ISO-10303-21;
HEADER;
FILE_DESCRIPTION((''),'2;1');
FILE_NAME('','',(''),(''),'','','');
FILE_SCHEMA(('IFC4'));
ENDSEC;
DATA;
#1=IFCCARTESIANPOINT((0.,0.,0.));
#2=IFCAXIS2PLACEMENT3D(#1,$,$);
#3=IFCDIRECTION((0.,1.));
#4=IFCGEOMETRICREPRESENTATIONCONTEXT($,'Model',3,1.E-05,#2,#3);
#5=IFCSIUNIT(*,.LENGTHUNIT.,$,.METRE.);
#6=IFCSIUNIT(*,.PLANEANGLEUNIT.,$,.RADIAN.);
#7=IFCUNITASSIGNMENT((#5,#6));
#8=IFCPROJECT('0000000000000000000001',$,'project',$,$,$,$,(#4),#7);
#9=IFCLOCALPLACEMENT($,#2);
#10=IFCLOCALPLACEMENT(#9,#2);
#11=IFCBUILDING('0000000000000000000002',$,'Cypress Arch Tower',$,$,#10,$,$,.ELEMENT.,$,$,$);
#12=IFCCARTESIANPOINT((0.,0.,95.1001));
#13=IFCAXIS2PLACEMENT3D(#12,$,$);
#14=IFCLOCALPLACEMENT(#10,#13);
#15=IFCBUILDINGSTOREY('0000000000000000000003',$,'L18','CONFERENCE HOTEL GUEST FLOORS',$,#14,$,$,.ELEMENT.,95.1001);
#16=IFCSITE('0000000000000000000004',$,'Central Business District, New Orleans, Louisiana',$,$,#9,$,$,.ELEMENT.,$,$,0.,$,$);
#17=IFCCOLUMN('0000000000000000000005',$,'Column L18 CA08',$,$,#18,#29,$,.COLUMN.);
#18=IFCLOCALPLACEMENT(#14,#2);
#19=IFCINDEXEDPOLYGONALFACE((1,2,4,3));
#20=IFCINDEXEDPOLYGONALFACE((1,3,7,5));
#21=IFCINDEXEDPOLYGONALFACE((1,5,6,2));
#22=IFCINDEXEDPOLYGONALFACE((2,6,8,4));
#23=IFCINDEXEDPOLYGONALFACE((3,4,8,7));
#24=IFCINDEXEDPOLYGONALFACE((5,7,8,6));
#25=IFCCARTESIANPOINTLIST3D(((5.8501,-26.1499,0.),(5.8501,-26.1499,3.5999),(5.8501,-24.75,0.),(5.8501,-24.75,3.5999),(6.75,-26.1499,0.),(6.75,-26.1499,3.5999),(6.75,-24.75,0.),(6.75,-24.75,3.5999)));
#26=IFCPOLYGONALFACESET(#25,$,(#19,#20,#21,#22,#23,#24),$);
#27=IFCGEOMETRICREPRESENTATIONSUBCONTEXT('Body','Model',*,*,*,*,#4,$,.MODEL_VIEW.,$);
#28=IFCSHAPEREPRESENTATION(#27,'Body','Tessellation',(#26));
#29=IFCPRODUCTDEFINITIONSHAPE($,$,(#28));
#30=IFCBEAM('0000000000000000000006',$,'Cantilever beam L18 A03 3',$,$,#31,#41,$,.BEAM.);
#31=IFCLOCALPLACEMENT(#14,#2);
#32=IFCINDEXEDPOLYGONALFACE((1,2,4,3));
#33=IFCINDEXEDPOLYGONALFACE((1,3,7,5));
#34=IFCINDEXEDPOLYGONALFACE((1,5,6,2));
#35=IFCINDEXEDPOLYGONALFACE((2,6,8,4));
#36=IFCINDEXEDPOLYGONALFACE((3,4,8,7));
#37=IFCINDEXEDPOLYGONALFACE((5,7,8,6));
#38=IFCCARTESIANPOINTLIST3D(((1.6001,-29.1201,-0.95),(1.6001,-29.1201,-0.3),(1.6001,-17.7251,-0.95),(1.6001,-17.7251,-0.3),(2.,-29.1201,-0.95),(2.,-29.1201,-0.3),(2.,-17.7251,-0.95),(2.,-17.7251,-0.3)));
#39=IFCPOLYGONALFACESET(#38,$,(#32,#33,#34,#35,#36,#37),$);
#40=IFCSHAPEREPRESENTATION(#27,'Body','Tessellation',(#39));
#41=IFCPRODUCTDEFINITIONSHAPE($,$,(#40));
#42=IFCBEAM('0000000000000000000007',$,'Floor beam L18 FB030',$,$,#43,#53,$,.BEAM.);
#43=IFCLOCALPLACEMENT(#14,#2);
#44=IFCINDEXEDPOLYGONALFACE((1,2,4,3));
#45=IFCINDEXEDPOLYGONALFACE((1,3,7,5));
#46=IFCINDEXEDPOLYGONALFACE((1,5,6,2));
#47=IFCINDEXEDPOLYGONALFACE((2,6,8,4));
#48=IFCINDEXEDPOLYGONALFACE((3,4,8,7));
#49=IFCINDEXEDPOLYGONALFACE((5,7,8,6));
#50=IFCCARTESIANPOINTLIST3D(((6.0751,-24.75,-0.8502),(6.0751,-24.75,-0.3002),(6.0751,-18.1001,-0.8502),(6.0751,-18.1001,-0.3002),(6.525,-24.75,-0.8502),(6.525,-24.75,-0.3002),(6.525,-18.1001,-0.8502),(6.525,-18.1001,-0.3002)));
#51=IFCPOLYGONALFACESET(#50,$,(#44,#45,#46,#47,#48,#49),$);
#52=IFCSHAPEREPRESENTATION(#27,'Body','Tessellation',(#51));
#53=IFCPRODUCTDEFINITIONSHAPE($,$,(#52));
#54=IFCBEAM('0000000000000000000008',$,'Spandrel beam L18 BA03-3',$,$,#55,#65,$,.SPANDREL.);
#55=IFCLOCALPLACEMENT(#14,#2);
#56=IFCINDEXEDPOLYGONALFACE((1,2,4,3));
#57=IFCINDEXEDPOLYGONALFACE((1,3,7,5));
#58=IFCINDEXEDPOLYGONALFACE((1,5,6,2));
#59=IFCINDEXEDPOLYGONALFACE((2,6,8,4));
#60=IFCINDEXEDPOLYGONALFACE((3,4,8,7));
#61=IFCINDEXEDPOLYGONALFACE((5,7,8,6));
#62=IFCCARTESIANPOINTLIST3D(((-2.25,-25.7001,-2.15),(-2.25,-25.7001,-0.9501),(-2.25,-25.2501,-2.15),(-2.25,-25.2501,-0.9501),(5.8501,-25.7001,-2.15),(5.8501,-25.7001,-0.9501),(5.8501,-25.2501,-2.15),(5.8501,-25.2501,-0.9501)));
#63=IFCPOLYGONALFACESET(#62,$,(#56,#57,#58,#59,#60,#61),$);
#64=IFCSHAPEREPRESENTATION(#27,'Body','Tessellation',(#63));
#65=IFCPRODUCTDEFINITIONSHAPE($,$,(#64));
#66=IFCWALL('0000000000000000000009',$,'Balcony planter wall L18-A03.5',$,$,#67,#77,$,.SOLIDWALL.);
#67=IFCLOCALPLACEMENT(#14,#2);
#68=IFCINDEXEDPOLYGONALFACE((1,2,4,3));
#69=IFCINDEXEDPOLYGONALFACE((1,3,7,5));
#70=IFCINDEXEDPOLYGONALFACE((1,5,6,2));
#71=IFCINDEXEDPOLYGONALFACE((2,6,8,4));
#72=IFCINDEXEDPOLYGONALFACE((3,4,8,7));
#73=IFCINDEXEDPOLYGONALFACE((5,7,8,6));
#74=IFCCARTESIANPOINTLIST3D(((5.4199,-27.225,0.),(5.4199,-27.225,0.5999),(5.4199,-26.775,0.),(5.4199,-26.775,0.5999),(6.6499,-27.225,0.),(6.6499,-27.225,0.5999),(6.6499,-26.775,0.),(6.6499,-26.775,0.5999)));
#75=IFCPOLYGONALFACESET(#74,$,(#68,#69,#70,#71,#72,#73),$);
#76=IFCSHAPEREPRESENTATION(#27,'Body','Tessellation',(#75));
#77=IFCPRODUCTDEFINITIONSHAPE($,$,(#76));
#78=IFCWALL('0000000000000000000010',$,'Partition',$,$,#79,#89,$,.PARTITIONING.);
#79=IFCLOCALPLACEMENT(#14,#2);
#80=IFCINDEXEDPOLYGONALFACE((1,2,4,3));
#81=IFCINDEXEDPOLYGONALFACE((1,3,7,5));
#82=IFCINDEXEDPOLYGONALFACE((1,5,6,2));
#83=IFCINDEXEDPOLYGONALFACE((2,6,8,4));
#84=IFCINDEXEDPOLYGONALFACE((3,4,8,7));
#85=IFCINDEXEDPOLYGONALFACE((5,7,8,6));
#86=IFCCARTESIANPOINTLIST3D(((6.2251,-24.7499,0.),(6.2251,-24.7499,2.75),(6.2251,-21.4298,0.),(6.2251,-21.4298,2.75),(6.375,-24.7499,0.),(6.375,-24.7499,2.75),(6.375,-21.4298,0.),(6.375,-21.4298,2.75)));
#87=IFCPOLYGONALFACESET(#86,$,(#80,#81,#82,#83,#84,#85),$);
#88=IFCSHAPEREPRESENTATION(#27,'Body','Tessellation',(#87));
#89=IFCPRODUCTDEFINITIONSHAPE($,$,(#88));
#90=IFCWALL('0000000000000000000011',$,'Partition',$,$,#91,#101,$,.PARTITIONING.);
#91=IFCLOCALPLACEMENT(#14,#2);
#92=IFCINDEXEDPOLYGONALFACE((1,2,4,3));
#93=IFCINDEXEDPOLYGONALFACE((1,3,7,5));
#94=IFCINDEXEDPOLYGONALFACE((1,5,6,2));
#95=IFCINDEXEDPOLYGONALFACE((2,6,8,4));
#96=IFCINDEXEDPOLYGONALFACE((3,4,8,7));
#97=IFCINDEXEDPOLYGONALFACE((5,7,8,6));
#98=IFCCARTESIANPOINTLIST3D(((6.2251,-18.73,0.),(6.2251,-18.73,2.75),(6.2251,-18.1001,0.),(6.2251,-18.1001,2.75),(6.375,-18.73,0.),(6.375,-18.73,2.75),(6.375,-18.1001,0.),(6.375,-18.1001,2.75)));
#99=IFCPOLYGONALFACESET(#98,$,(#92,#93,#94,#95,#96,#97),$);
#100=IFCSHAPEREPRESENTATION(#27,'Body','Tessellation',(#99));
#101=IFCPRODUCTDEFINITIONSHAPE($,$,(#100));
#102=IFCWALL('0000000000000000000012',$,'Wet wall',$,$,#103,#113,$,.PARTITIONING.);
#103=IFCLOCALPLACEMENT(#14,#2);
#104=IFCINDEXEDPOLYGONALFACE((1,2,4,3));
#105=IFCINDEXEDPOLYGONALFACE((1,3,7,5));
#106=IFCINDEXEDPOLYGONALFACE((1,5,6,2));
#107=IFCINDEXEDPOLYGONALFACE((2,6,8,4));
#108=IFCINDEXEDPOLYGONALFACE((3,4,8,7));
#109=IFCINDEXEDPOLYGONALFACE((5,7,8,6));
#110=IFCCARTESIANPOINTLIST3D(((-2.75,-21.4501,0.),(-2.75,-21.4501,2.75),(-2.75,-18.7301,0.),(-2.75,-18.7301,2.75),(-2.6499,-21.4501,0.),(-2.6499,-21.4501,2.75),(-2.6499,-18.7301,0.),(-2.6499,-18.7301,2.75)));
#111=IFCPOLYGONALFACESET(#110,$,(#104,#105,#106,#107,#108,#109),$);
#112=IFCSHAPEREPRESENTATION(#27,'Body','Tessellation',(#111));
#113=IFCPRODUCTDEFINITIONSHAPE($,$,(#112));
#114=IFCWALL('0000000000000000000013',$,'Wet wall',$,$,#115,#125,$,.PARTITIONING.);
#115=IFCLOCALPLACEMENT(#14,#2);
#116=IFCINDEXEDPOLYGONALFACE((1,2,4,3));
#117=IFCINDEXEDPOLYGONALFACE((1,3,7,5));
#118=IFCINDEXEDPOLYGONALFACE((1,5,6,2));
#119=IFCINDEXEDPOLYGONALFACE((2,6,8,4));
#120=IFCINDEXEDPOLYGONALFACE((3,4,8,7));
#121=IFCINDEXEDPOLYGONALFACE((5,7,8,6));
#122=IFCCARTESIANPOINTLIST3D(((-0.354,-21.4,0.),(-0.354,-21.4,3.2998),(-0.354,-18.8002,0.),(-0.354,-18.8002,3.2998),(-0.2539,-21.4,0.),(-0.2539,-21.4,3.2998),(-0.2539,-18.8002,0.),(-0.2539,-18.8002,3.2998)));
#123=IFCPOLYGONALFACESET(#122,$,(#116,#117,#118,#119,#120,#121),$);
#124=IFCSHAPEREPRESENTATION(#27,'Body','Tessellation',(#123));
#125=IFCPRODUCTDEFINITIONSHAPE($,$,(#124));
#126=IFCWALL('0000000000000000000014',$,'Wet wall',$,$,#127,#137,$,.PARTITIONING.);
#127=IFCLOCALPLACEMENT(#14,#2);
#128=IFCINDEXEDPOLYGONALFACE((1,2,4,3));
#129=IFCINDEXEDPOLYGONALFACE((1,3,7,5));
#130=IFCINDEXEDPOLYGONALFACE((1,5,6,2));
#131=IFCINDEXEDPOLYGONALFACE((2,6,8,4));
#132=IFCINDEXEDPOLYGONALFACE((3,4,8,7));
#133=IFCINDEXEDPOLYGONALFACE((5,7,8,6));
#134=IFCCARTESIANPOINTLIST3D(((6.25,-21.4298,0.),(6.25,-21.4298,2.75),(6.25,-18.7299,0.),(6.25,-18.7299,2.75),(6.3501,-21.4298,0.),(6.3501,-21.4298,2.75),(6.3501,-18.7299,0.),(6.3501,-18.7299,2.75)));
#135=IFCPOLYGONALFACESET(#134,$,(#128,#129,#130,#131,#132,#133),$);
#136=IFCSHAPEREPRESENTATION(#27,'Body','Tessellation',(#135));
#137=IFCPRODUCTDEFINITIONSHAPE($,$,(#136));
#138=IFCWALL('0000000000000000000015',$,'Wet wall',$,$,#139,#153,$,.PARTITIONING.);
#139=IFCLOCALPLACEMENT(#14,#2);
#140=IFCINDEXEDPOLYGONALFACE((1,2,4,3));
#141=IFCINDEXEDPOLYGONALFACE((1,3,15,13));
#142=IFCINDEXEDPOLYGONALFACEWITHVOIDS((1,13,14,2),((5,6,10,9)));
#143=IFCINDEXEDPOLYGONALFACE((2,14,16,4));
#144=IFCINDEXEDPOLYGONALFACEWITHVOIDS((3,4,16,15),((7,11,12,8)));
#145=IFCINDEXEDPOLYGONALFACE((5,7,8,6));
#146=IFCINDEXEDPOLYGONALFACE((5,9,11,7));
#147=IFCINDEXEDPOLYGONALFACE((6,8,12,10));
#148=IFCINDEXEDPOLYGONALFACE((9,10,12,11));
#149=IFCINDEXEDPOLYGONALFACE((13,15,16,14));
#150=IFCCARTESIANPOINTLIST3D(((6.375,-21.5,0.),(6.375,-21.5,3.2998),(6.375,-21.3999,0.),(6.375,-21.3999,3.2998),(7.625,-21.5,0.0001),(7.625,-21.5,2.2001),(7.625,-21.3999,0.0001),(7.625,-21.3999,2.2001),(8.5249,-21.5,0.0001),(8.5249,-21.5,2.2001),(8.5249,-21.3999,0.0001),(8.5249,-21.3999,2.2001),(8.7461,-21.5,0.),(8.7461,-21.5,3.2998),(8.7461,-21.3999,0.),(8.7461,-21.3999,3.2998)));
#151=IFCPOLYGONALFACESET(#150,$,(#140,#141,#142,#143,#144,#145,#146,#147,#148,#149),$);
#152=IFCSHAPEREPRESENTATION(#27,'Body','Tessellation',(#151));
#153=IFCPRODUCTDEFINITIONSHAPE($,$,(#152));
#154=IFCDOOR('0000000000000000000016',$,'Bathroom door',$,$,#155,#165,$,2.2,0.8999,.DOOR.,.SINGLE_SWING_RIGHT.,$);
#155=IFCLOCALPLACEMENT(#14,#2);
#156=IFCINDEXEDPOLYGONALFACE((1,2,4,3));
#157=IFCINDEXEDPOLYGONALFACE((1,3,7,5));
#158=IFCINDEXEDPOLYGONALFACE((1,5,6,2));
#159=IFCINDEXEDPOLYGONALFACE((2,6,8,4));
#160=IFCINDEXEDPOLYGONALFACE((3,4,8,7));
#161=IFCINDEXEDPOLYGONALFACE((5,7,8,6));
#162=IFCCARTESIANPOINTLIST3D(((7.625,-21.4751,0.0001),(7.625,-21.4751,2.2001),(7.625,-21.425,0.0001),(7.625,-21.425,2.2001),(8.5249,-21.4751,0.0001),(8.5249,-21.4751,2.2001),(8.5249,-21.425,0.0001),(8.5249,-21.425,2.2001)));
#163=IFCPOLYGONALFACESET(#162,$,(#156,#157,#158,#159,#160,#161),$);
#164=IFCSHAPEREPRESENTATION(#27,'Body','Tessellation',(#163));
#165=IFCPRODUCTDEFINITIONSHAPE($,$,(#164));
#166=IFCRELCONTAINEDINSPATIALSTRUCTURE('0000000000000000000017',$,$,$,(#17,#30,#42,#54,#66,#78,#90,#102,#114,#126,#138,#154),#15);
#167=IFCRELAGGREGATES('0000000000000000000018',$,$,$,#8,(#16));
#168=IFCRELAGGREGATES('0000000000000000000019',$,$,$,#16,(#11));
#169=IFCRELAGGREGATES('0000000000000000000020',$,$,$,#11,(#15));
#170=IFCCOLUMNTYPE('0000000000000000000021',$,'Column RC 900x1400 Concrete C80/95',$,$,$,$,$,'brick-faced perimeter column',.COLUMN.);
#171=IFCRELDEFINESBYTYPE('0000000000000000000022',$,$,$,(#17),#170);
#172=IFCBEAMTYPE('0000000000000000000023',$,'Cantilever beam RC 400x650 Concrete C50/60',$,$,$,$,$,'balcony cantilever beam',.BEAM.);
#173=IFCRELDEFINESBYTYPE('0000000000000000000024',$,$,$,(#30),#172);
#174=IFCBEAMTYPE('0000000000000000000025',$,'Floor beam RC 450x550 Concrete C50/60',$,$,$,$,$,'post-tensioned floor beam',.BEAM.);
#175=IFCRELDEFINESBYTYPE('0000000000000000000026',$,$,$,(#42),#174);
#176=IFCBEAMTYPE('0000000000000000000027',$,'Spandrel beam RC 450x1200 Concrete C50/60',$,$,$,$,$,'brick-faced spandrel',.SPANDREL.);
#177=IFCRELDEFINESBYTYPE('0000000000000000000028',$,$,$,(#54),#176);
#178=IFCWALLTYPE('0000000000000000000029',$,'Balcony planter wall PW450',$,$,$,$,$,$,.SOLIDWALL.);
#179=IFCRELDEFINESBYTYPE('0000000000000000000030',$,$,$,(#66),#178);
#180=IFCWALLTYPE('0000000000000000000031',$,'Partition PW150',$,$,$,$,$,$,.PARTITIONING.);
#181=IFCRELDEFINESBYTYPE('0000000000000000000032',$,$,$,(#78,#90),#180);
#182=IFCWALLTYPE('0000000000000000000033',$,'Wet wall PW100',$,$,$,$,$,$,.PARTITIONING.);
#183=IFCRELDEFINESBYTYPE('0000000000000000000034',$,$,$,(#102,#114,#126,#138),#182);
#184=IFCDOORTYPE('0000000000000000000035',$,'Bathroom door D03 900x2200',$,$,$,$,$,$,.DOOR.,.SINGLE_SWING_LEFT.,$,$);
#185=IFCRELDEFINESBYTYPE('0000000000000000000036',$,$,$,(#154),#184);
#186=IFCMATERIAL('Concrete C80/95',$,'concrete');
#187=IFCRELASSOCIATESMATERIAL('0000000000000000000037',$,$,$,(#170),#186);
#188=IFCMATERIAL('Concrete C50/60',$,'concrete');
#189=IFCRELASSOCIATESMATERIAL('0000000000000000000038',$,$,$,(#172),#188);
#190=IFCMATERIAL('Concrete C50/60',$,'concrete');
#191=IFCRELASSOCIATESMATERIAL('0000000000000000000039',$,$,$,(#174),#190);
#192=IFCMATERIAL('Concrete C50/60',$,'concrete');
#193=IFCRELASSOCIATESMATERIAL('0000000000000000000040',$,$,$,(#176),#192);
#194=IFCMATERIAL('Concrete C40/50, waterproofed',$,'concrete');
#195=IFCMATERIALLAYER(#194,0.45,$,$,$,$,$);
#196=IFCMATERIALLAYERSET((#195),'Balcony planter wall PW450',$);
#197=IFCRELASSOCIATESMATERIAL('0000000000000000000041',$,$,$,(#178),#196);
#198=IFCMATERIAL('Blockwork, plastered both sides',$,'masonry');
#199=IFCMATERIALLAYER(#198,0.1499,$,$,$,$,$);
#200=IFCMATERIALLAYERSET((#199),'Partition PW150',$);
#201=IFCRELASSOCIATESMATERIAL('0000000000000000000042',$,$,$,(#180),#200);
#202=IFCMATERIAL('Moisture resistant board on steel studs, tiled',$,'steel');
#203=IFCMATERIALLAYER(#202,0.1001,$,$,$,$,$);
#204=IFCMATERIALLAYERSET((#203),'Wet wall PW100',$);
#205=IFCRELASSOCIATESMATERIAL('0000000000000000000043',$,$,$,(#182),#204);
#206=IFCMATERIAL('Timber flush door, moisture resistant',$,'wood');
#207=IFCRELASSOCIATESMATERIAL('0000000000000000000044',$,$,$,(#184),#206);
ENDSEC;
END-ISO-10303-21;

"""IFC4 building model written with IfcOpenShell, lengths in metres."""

from ifc_helpers import new_model, si_unit, direction, frame, frame_2d, origin, origin_2d, place, context, subcontext, project, spatial, rectangle, extrude, material, layer, layer_set, material_profile, profile_set, type_object, element, fill, save


model = new_model("IFC4")

# Units and contexts
model_context = context("Model", 3, precision=1e-05, world=origin(), true_north=direction((0.0, 1.0)))
body_context = subcontext(model_context, "Body", "Model", "MODEL_VIEW")
ifc_project = project(units=[si_unit("LENGTHUNIT", "METRE"), si_unit("PLANEANGLEUNIT", "RADIAN")], contexts=[model_context])

# Site, building, storey
site_placement = place(None, origin())
site = spatial("IfcSite", under=ifc_project, at=site_placement, Name="Central Business District, New Orleans, Louisiana", CompositionType="ELEMENT", RefElevation=0.0)
building_placement = place(site_placement, origin())
building = spatial("IfcBuilding", under=site, at=building_placement, Name="Cypress Arch Tower", CompositionType="ELEMENT")
storey_placement = place(building_placement, frame((0.0, 0.0, 95.1001)))
storey = spatial("IfcBuildingStorey", under=building, at=storey_placement, Name="L18", Description="CONFERENCE HOTEL GUEST FLOORS", CompositionType="ELEMENT", Elevation=95.1001)

# Column
ifc_material_1 = material(Name="Concrete C80/95", Category="concrete")
ifc_material_profile_1 = material_profile(ifc_material_1, rectangle(XDim=0.8999, YDim=1.3999, at=origin_2d()), Name="RC 900x1400")
ifc_profile_set_1 = profile_set([ifc_material_profile_1], Name="Concrete C80/95")
column_type = type_object("IfcColumnType", Name="Column RC 900x1400 Concrete C80/95", ElementType="brick-faced perimeter column", PredefinedType="COLUMN", material=ifc_profile_set_1)
column_placement = place(storey_placement, frame((6.3, -25.45, 0.0), z_axis=(0.0, 0.0, 1.0), x_axis=(1.0, 0.0, 0.0)))
element("IfcColumn", 1, at=column_placement, inside=storey, type_object=column_type, Name="Column L18 CA08", PredefinedType="COLUMN", context=body_context, shape_type="SweptSolid", body=[
    extrude(rectangle(XDim=0.8999, YDim=1.3999, at=origin_2d()), origin(), (0.0, 0.0, 1.0), 3.5999),
])

# Beams
ifc_material_2 = material(Name="Concrete C50/60", Category="concrete")
ifc_material_profile_2 = material_profile(ifc_material_2, rectangle(XDim=0.3999, YDim=0.6499, at=origin_2d()), Name="RC 400x650")
ifc_profile_set_2 = profile_set([ifc_material_profile_2], Name="Concrete C50/60")
beam_type_1 = type_object("IfcBeamType", Name="Cantilever beam RC 400x650 Concrete C50/60", ElementType="balcony cantilever beam", PredefinedType="BEAM", material=ifc_profile_set_2)
beam_1_placement = place(storey_placement, frame((1.8, -17.7251, -0.625), z_axis=(0.0, -1.0, 0.0), x_axis=(1.0, 0.0, 0.0)))
element("IfcBeam", 2, at=beam_1_placement, inside=storey, type_object=beam_type_1, Name="Cantilever beam L18 A03 3", PredefinedType="BEAM", context=body_context, shape_type="SweptSolid", body=[
    extrude(rectangle(XDim=0.3999, YDim=0.6499, at=origin_2d()), origin(), (0.0, 0.0, 1.0), 11.395),
])
ifc_material_3 = material(Name="Concrete C50/60", Category="concrete")
ifc_material_profile_3 = material_profile(ifc_material_3, rectangle(XDim=0.45, YDim=0.55, at=origin_2d()), Name="RC 450x550")
ifc_profile_set_3 = profile_set([ifc_material_profile_3], Name="Concrete C50/60")
beam_type_2 = type_object("IfcBeamType", Name="Floor beam RC 450x550 Concrete C50/60", ElementType="post-tensioned floor beam", PredefinedType="BEAM", material=ifc_profile_set_3)
beam_2_placement = place(storey_placement, frame((6.3, -24.75, -0.5752), z_axis=(0.0, 1.0, 0.0), x_axis=(-1.0, 0.0, 0.0)))
element("IfcBeam", 3, at=beam_2_placement, inside=storey, type_object=beam_type_2, Name="Floor beam L18 FB030", PredefinedType="BEAM", context=body_context, shape_type="SweptSolid", body=[
    extrude(rectangle(XDim=0.45, YDim=0.55, at=origin_2d()), origin(), (0.0, 0.0, 1.0), 6.6499),
])
ifc_material_4 = material(Name="Concrete C50/60", Category="concrete")
ifc_material_profile_4 = material_profile(ifc_material_4, rectangle(XDim=0.45, YDim=1.2, at=origin_2d()), Name="RC 450x1200")
ifc_profile_set_4 = profile_set([ifc_material_profile_4], Name="Concrete C50/60")
beam_type_3 = type_object("IfcBeamType", Name="Spandrel beam RC 450x1200 Concrete C50/60", ElementType="brick-faced spandrel", PredefinedType="SPANDREL", material=ifc_profile_set_4)
beam_3_placement = place(storey_placement, frame((-2.25, -25.4751, -1.55), z_axis=(1.0, 0.0, 0.0), x_axis=(0.0, 1.0, 0.0)))
element("IfcBeam", 4, at=beam_3_placement, inside=storey, type_object=beam_type_3, Name="Spandrel beam L18 BA03-3", PredefinedType="SPANDREL", context=body_context, shape_type="SweptSolid", body=[
    extrude(rectangle(XDim=0.45, YDim=1.2, at=origin_2d()), origin(), (0.0, 0.0, 1.0), 8.1001),
])

# Wall
ifc_material_5 = material(Name="Concrete C40/50, waterproofed", Category="concrete")
ifc_layer_1 = layer(ifc_material_5, 0.45)
ifc_layer_set_1 = layer_set([ifc_layer_1], Name="Balcony planter wall PW450")
wall_type_1 = type_object("IfcWallType", Name="Balcony planter wall PW450", PredefinedType="SOLIDWALL", material=ifc_layer_set_1)
wall_1_placement = place(storey_placement, frame((5.4199, -27.0, 0.0), z_axis=(0.0, 0.0, 1.0), x_axis=(1.0, 0.0, 0.0)))
element("IfcWall", 5, at=wall_1_placement, inside=storey, type_object=wall_type_1, Name="Balcony planter wall L18-A03.5", PredefinedType="SOLIDWALL", context=body_context, shape_type="SweptSolid", body=[
    extrude(rectangle(XDim=1.23, YDim=0.45, at=frame_2d((0.615, 0.0))), origin(), (0.0, 0.0, 1.0), 0.5999),
])

# Walls
ifc_material_6 = material(Name="Blockwork, plastered both sides", Category="masonry")
ifc_layer_2 = layer(ifc_material_6, 0.1499)
ifc_layer_set_2 = layer_set([ifc_layer_2], Name="Partition PW150")
wall_type_2 = type_object("IfcWallType", Name="Partition PW150", PredefinedType="PARTITIONING", material=ifc_layer_set_2)
wall_2_placement = place(storey_placement, frame((6.3, -24.75, 0.0), z_axis=(0.0, 0.0, 1.0), x_axis=(0.0, 1.0, 0.0)))
element("IfcWall", 6, at=wall_2_placement, inside=storey, type_object=wall_type_2, Name="Partition", PredefinedType="PARTITIONING", context=body_context, shape_type="SweptSolid", body=[
    extrude(rectangle(XDim=3.3201, YDim=0.1499, at=frame_2d((1.6602, 0.0))), origin(), (0.0, 0.0, 1.0), 2.75),
])
wall_3_placement = place(storey_placement, frame((6.3, -18.73, 0.0), z_axis=(0.0, 0.0, 1.0), x_axis=(0.0, 1.0, 0.0)))
element("IfcWall", 7, at=wall_3_placement, inside=storey, type_object=wall_type_2, Name="Partition", PredefinedType="PARTITIONING", context=body_context, shape_type="SweptSolid", body=[
    extrude(rectangle(XDim=0.6299, YDim=0.1499, at=frame_2d((0.3149, 0.0))), origin(), (0.0, 0.0, 1.0), 2.75),
])
ifc_material_7 = material(Name="Moisture resistant board on steel studs, tiled", Category="steel")
ifc_layer_3 = layer(ifc_material_7, 0.1001)
ifc_layer_set_3 = layer_set([ifc_layer_3], Name="Wet wall PW100")
wall_type_3 = type_object("IfcWallType", Name="Wet wall PW100", PredefinedType="PARTITIONING", material=ifc_layer_set_3)
wall_4_placement = place(storey_placement, frame((-2.7, -21.45, 0.0), z_axis=(0.0, 0.0, 1.0), x_axis=(0.0, 1.0, 0.0)))
element("IfcWall", 8, at=wall_4_placement, inside=storey, type_object=wall_type_3, Name="Wet wall", PredefinedType="PARTITIONING", context=body_context, shape_type="SweptSolid", body=[
    extrude(rectangle(XDim=2.72, YDim=0.1001, at=frame_2d((1.3599, 0.0))), origin(), (0.0, 0.0, 1.0), 2.75),
])
wall_5_placement = place(storey_placement, frame((-0.304, -21.3999, 0.0), z_axis=(0.0, 0.0, 1.0), x_axis=(0.0, 1.0, 0.0)))
element("IfcWall", 9, at=wall_5_placement, inside=storey, type_object=wall_type_3, Name="Wet wall", PredefinedType="PARTITIONING", context=body_context, shape_type="SweptSolid", body=[
    extrude(rectangle(XDim=2.5999, YDim=0.1001, at=frame_2d((1.2998, 0.0))), origin(), (0.0, 0.0, 1.0), 3.2998),
])
wall_6_placement = place(storey_placement, frame((6.3, -21.4299, 0.0), z_axis=(0.0, 0.0, 1.0), x_axis=(0.0, 1.0, 0.0)))
element("IfcWall", 10, at=wall_6_placement, inside=storey, type_object=wall_type_3, Name="Wet wall", PredefinedType="PARTITIONING", context=body_context, shape_type="SweptSolid", body=[
    extrude(rectangle(XDim=2.7, YDim=0.1001, at=frame_2d((1.3501, 0.0))), origin(), (0.0, 0.0, 1.0), 2.75),
])

# Wall, opening, door
wall_7_placement = place(storey_placement, frame((6.375, -21.45, 0.0), z_axis=(0.0, 0.0, 1.0), x_axis=(1.0, 0.0, 0.0)))
wall_7 = element("IfcWall", 11, at=wall_7_placement, inside=storey, type_object=wall_type_3, Name="Wet wall", PredefinedType="PARTITIONING", context=body_context, shape_type="SweptSolid", body=[
    extrude(rectangle(XDim=2.3711, YDim=0.1001, at=frame_2d((1.1855, 0.0))), origin(), (0.0, 0.0, 1.0), 3.2998),
])
opening_1_placement = place(wall_7_placement, frame((1.25, 0.0, 0.0)))
opening_1 = element("IfcOpeningElement", 12, at=opening_1_placement, cuts=wall_7, PredefinedType="OPENING", context=body_context, shape_type="SweptSolid", body=[
    extrude(rectangle(XDim=0.8999, YDim=2.2, at=frame_2d((0.45, 1.1001))), frame((0.0, 0.0601, 0.0), z_axis=(0.0, -1.0, 0.0), x_axis=(1.0, 0.0, 0.0)), (0.0, 0.0, 1.0), 0.1201),
])
ifc_material_8 = material(Name="Timber flush door, moisture resistant", Category="wood")
door_type_1 = type_object("IfcDoorType", Name="Bathroom door D03 900x2200", OperationType="SINGLE_SWING_LEFT", PredefinedType="DOOR", material=ifc_material_8)
door_1_placement = place(opening_1_placement, origin())
door_1 = element("IfcDoor", 13, at=door_1_placement, inside=storey, type_object=door_type_1, Name="Bathroom door", OperationType="SINGLE_SWING_RIGHT", OverallHeight=2.2, OverallWidth=0.8999, PredefinedType="DOOR", context=body_context, shape_type="SweptSolid", body=[
    extrude(rectangle(XDim=0.8999, YDim=2.2, at=frame_2d((0.45, 1.1001))), frame((0.0, 0.0249, 0.0), z_axis=(0.0, -1.0, 0.0), x_axis=(1.0, 0.0, 0.0)), (0.0, 0.0, 1.0), 0.05),
])
fill(opening_1, door_1)

save(model, "model.ifc")
